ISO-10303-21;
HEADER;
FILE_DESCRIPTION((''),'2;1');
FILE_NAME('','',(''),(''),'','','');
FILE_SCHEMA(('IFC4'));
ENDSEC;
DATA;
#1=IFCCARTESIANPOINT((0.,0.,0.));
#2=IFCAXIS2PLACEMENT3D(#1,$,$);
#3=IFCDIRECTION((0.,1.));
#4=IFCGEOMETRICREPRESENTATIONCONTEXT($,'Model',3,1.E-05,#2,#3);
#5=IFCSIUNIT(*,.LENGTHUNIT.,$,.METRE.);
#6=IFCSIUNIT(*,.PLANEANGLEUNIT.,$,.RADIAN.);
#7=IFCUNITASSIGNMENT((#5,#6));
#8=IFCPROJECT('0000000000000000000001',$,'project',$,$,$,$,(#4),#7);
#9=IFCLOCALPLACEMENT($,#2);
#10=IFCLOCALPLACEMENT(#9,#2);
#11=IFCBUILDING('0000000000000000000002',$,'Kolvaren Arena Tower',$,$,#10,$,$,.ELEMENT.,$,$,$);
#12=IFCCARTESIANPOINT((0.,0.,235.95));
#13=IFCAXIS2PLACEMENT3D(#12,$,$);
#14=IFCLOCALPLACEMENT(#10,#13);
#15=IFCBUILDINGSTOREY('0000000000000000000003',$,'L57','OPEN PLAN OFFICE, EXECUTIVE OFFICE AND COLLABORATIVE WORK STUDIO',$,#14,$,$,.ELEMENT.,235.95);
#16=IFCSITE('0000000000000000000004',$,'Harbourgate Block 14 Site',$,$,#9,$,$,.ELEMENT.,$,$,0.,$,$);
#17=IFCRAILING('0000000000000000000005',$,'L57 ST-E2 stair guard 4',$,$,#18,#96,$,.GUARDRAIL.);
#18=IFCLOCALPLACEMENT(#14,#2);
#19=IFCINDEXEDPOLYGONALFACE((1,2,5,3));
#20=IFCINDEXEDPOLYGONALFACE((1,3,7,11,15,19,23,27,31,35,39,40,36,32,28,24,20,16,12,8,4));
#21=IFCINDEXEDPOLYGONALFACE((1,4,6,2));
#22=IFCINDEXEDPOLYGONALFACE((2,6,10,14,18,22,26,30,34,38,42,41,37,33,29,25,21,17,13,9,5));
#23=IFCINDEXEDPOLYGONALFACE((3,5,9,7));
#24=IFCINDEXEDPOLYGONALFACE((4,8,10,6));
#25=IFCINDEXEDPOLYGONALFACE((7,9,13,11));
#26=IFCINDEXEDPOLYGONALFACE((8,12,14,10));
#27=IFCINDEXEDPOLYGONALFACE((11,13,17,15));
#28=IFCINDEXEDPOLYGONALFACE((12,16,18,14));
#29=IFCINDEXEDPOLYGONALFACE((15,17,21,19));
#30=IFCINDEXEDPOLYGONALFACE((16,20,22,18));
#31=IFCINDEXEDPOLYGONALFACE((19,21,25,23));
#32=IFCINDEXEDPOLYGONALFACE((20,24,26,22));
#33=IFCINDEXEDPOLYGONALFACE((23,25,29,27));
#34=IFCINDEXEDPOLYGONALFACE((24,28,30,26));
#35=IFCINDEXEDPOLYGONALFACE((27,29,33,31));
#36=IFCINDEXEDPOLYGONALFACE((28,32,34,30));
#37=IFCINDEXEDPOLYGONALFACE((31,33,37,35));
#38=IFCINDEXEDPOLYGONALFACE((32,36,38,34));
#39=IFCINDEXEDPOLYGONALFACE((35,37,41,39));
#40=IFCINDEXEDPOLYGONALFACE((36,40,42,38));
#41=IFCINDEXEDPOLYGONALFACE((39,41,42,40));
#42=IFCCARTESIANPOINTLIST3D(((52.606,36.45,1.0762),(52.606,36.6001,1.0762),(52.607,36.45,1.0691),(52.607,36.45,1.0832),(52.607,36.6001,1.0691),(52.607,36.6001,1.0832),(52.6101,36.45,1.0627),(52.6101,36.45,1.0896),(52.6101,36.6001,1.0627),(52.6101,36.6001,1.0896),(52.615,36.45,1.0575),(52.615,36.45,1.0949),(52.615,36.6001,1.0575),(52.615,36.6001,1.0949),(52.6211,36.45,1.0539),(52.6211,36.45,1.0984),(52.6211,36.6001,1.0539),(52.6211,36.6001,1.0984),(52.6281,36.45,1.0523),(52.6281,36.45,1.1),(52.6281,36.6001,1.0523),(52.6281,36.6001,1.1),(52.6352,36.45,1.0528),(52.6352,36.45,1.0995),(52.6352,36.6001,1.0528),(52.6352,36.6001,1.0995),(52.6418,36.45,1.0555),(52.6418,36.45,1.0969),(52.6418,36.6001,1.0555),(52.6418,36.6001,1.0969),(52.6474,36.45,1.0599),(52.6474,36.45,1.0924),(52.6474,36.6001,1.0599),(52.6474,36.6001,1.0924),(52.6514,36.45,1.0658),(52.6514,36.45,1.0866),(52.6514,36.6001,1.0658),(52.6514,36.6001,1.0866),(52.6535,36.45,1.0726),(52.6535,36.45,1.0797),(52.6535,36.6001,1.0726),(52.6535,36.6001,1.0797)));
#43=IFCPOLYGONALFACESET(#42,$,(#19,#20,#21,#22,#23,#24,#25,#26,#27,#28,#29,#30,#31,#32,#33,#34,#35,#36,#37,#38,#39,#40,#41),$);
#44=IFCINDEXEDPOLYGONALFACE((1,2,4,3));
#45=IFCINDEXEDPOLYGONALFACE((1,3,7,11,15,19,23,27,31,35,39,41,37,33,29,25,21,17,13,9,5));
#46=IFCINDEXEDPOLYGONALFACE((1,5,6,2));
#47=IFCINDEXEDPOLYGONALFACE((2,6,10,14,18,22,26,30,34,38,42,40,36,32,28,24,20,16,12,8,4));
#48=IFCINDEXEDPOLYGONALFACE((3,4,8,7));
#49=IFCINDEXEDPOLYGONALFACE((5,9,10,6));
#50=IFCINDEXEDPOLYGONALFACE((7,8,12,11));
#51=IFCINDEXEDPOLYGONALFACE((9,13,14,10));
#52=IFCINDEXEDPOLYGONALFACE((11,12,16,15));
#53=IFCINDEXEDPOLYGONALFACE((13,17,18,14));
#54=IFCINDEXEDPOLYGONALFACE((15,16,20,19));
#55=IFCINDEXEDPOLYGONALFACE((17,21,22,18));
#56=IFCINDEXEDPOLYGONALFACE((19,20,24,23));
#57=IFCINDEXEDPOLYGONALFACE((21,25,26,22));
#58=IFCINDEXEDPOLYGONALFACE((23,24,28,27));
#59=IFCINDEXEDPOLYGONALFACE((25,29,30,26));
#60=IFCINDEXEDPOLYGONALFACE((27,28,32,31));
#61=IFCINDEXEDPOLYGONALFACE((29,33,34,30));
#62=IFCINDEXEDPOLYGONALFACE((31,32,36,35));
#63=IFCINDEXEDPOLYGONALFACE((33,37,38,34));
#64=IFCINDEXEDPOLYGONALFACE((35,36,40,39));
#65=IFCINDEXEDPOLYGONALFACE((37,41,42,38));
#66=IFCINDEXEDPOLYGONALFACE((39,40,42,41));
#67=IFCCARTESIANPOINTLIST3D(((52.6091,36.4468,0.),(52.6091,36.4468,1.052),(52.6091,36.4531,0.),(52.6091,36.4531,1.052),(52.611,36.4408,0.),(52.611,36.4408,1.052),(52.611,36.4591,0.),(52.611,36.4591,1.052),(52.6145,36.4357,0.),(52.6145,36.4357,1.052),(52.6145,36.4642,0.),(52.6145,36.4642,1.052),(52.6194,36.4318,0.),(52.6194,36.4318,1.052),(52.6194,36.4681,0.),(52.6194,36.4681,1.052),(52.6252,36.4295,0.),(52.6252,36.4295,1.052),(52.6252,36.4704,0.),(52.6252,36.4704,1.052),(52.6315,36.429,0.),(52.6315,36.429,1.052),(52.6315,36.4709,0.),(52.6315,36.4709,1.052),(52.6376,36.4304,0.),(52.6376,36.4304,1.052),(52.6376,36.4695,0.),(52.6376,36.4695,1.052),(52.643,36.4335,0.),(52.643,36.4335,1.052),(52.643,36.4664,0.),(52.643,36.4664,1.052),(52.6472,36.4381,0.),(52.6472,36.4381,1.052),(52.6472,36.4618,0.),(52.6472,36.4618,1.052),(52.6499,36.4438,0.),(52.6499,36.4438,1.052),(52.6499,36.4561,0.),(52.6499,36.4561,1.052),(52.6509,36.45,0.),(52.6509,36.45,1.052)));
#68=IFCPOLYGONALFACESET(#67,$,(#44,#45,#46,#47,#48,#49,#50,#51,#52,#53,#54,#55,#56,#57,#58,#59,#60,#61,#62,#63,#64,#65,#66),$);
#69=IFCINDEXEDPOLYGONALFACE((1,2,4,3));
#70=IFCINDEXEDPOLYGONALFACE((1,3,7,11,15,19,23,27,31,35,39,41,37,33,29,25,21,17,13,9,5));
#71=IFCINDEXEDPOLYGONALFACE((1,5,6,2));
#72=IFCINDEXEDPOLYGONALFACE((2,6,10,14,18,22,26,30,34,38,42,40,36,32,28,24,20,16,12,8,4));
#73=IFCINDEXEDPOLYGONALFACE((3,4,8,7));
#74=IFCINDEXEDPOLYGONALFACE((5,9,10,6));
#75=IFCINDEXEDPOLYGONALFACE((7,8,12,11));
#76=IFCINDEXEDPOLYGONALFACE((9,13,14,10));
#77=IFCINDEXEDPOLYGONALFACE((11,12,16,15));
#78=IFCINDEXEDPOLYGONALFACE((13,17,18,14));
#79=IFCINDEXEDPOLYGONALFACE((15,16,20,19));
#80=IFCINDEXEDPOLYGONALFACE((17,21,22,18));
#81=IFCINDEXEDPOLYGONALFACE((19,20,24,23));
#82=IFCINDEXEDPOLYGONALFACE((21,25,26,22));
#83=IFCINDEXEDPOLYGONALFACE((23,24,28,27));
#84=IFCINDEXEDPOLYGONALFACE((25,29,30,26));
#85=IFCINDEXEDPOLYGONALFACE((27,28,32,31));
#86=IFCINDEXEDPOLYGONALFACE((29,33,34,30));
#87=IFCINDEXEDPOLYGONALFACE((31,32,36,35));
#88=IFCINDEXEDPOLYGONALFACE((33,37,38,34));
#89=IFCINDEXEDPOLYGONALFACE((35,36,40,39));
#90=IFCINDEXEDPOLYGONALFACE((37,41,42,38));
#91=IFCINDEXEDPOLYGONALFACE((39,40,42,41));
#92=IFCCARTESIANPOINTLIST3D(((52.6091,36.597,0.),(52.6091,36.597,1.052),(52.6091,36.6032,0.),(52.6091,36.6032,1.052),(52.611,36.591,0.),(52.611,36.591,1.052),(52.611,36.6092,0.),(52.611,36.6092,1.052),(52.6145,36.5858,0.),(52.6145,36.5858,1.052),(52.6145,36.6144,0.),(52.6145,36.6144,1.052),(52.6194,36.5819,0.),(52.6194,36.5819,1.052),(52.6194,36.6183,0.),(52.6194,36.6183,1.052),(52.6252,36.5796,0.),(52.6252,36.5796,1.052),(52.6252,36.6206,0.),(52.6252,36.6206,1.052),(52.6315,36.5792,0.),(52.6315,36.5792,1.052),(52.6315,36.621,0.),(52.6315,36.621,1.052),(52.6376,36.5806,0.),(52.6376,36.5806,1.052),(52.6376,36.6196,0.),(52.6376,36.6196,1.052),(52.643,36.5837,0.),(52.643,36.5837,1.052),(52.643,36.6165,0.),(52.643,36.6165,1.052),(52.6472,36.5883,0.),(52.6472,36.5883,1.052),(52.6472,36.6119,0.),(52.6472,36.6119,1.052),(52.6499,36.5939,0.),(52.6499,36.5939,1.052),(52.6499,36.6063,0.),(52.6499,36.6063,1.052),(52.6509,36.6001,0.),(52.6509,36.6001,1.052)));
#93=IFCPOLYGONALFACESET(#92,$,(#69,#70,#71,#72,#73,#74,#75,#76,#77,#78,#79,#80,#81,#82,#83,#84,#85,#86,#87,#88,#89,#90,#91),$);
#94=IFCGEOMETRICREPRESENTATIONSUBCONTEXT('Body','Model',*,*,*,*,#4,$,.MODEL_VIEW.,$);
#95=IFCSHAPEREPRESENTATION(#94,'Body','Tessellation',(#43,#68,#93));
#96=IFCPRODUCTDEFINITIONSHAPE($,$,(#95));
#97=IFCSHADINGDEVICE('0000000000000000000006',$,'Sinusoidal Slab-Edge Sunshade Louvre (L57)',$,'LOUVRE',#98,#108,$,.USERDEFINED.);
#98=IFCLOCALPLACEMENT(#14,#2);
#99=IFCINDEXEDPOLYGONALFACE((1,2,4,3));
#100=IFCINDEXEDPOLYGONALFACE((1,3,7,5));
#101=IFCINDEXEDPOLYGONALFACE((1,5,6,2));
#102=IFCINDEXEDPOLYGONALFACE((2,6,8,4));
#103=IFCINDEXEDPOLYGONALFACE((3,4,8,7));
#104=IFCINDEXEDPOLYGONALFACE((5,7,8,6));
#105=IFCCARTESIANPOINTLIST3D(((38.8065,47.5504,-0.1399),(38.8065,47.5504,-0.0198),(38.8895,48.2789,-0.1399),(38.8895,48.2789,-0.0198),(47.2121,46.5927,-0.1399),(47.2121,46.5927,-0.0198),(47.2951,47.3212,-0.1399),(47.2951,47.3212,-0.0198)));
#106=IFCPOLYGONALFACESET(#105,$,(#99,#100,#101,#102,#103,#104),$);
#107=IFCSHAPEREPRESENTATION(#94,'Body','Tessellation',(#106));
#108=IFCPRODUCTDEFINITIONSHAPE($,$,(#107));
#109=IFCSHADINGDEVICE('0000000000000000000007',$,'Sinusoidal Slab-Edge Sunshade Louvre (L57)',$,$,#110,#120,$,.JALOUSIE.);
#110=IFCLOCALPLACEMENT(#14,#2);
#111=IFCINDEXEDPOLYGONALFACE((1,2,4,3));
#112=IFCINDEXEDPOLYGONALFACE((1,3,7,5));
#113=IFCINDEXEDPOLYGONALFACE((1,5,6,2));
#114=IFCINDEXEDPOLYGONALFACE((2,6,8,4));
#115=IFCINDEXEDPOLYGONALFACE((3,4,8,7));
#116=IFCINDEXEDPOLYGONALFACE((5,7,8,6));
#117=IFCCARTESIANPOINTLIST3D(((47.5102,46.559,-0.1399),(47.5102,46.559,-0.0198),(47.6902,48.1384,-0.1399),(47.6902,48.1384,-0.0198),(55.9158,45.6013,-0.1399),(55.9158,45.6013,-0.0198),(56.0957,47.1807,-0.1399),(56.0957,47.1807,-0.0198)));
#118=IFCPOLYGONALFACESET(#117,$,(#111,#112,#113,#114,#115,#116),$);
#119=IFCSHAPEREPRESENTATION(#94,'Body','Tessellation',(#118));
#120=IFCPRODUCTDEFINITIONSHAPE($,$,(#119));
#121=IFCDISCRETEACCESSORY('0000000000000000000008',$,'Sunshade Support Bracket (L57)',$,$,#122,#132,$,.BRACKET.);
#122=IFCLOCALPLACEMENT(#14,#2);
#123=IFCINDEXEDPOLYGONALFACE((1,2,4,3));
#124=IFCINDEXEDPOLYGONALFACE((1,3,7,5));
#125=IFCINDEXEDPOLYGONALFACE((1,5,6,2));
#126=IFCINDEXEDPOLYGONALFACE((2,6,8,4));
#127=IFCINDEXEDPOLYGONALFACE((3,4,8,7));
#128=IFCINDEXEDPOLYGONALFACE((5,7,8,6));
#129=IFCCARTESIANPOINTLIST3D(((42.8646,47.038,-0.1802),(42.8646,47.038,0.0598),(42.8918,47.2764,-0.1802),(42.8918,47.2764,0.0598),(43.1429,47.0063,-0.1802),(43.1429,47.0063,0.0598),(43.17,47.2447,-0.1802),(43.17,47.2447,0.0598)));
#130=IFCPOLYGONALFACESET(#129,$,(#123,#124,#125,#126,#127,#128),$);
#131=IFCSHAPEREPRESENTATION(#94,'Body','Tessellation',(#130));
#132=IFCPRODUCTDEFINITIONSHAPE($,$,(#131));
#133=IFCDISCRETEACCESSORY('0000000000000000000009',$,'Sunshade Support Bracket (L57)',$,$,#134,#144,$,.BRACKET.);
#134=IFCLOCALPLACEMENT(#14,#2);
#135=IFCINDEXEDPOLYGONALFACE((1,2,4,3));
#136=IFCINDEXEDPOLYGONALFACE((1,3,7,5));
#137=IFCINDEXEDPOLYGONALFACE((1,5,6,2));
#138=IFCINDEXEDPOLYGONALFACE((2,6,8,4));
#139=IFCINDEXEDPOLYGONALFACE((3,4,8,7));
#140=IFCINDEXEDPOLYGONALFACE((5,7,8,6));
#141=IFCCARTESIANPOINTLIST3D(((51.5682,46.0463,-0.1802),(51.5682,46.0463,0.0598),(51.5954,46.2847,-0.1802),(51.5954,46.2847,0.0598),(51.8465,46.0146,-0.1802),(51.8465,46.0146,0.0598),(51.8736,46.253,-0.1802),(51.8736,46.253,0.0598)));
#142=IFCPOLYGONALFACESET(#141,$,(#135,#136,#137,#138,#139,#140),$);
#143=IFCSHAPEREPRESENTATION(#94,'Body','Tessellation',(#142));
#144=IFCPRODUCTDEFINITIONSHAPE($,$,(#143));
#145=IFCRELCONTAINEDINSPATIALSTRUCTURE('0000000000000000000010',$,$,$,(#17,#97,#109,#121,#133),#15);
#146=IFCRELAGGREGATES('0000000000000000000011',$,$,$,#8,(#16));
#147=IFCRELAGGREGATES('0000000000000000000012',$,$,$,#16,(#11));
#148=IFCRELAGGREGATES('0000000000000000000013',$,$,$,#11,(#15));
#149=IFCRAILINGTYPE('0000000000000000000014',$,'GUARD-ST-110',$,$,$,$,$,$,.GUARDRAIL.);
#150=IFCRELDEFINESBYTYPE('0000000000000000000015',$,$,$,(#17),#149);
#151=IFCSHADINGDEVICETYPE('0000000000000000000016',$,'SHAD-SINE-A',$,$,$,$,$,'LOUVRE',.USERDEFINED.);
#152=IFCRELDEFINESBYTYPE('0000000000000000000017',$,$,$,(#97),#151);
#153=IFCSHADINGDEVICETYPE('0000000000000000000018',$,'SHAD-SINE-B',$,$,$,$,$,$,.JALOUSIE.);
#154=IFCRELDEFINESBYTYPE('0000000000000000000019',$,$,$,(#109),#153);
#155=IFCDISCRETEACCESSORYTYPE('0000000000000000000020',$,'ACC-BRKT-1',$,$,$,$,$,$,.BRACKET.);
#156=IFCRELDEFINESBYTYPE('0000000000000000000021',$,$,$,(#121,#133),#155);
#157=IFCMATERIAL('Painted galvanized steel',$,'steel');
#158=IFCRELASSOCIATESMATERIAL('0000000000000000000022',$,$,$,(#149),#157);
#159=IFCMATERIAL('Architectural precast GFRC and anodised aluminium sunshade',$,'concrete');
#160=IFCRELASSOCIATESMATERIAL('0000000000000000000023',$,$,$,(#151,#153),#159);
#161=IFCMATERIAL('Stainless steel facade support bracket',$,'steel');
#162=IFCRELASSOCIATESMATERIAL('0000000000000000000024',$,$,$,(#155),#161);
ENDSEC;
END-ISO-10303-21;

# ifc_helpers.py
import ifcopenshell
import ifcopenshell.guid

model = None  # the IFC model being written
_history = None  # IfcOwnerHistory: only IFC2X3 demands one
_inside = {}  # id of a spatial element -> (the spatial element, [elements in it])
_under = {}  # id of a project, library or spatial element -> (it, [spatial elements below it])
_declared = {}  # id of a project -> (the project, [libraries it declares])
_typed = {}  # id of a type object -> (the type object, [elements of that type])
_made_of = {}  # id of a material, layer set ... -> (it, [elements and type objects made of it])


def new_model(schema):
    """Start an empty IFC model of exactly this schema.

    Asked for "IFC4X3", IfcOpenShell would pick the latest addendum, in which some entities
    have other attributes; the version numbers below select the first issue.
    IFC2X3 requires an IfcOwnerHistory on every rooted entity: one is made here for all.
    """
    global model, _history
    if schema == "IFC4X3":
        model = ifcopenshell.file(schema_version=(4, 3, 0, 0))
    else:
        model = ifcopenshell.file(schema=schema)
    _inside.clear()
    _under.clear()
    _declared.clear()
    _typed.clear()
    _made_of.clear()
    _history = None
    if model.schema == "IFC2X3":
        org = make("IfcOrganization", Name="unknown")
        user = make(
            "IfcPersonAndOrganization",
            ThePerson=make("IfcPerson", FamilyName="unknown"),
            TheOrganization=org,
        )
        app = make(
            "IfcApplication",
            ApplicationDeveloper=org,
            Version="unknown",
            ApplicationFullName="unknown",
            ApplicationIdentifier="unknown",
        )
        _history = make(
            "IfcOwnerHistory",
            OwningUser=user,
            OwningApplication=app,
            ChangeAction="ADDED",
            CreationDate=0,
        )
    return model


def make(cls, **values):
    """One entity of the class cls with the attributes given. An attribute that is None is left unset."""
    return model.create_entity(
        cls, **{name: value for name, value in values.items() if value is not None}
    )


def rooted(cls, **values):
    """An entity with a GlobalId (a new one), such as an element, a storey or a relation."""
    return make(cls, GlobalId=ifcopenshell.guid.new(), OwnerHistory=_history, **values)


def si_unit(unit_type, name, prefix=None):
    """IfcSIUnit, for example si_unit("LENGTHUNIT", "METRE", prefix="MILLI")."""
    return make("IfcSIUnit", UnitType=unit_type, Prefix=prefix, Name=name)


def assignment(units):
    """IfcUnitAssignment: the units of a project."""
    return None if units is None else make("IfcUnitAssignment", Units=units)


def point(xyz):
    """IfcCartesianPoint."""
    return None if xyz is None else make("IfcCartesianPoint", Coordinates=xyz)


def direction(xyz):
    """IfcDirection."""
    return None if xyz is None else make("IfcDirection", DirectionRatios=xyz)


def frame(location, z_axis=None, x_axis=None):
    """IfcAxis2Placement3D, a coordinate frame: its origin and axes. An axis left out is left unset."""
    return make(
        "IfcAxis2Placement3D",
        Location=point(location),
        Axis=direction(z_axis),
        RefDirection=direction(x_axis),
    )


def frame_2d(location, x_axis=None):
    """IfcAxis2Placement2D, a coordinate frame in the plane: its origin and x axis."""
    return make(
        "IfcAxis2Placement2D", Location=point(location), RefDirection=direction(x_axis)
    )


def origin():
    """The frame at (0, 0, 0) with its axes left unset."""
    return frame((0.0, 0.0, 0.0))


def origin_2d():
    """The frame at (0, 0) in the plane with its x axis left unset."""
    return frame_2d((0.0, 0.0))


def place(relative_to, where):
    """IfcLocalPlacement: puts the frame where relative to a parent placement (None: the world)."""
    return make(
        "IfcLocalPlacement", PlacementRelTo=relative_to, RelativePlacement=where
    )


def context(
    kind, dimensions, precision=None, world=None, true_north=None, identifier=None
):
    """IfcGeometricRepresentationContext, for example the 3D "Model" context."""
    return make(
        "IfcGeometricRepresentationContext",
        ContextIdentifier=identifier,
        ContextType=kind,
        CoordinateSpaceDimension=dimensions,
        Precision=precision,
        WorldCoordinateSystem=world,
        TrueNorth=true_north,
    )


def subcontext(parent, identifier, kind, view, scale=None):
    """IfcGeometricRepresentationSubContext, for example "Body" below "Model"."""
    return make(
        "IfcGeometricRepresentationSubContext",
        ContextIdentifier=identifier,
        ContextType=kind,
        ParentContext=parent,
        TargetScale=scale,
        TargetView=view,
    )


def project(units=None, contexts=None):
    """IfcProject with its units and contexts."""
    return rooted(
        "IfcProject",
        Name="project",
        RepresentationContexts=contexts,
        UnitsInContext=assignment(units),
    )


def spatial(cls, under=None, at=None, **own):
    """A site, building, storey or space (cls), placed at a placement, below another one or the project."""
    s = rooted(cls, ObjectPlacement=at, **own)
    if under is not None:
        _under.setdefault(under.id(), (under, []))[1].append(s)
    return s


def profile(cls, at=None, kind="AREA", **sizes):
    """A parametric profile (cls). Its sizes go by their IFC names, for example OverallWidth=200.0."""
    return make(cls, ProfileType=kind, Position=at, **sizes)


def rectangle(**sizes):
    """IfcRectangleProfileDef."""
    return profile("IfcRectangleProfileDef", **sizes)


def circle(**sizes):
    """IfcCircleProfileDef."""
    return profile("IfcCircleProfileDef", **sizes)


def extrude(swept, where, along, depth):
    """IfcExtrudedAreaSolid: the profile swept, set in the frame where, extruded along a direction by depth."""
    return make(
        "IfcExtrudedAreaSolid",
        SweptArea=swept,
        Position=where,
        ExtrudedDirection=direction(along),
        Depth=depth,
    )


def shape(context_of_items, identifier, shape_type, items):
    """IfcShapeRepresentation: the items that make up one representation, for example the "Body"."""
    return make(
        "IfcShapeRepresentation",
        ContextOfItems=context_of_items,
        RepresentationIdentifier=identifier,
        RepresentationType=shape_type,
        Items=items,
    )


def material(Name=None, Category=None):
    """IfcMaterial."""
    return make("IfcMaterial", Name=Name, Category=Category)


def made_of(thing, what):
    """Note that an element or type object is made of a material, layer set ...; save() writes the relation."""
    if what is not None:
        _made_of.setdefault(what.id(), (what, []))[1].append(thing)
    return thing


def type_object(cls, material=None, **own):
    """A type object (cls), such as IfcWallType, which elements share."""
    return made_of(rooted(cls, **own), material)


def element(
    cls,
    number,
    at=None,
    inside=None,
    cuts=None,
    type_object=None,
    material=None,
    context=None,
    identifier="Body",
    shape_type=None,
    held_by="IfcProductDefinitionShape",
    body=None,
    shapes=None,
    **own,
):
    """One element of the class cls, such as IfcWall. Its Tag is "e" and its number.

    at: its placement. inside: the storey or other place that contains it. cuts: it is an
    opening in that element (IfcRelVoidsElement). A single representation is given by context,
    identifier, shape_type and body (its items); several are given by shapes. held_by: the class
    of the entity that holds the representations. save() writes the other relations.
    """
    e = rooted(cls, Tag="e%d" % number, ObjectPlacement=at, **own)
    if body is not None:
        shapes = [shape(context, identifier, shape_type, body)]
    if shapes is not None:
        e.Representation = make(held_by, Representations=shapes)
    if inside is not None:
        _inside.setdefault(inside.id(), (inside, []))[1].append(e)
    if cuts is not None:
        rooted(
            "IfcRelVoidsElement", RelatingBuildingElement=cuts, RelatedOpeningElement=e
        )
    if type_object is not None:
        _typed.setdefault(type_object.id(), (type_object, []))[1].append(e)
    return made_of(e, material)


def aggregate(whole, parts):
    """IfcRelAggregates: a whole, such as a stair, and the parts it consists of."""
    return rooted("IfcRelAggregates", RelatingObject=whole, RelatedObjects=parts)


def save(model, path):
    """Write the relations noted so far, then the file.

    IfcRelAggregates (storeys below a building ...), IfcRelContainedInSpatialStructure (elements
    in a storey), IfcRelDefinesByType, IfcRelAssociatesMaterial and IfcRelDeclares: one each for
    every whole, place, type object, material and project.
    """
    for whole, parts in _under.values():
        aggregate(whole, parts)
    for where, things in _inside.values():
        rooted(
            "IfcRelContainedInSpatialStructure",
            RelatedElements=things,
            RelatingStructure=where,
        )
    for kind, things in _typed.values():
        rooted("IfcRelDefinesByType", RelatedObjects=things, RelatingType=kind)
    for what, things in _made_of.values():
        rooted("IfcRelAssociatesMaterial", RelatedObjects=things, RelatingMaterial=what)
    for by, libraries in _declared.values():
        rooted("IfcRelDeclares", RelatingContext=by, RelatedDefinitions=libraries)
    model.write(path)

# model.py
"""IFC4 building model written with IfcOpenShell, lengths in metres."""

from ifc_helpers import new_model, si_unit, direction, frame, origin, origin_2d, place, context, subcontext, project, spatial, rectangle, circle, extrude, material, type_object, element, save


model = new_model("IFC4")

# Units and contexts
model_context = context("Model", 3, precision=1e-05, world=origin(), true_north=direction((0.0, 1.0)))
body_context = subcontext(model_context, "Body", "Model", "MODEL_VIEW")
ifc_project = project(units=[si_unit("LENGTHUNIT", "METRE"), si_unit("PLANEANGLEUNIT", "RADIAN")], contexts=[model_context])

# Site, building, storey
site_placement = place(None, origin())
site = spatial("IfcSite", under=ifc_project, at=site_placement, Name="Harbourgate Block 14 Site", CompositionType="ELEMENT", RefElevation=0.0)
building_placement = place(site_placement, origin())
building = spatial("IfcBuilding", under=site, at=building_placement, Name="Kolvaren Arena Tower", CompositionType="ELEMENT")
storey_placement = place(building_placement, frame((0.0, 0.0, 235.95)))
storey = spatial("IfcBuildingStorey", under=building, at=storey_placement, Name="L57", Description="OPEN PLAN OFFICE, EXECUTIVE OFFICE AND COLLABORATIVE WORK STUDIO", CompositionType="ELEMENT", Elevation=235.95)

# Railing
ifc_material_1 = material(Name="Painted galvanized steel", Category="steel")
railing_type = type_object("IfcRailingType", Name="GUARD-ST-110", PredefinedType="GUARDRAIL", material=ifc_material_1)
railing_1_placement = place(storey_placement, frame((52.6299, 36.45, 0.0)))
element("IfcRailing", 1, at=railing_1_placement, inside=storey, type_object=railing_type, Name="L57 ST-E2 stair guard 4", PredefinedType="GUARDRAIL", context=body_context, shape_type="SweptSolid", body=[
    extrude(circle(Radius=0.0239, at=origin_2d()), frame((0.0, 0.0, 1.0762), z_axis=(0.0, 1.0, 0.0), x_axis=(-1.0, 0.0, 0.0)), (0.0, 0.0, 1.0), 0.1501),
    extrude(circle(Radius=0.021, at=origin_2d()), origin(), (0.0, 0.0, 1.0), 1.052),
    extrude(circle(Radius=0.021, at=origin_2d()), frame((0.0, 0.1501, 0.0)), (0.0, 0.0, 1.0), 1.052),
])

# Shading devices
ifc_material_2 = material(Name="Architectural precast GFRC and anodised aluminium sunshade", Category="concrete")
shading_device_type_1 = type_object("IfcShadingDeviceType", Name="SHAD-SINE-A", ElementType="LOUVRE", PredefinedType="USERDEFINED", material=ifc_material_2)
shading_device_1_placement = place(storey_placement, frame((43.0508, 47.4358, -0.1399), z_axis=(0.0, 0.0, 1.0), x_axis=(0.993572, -0.113205, 0.0)))
element("IfcShadingDevice", 2, at=shading_device_1_placement, inside=storey, type_object=shading_device_type_1, Name="Sinusoidal Slab-Edge Sunshade Louvre (L57)", ObjectType="LOUVRE", PredefinedType="USERDEFINED", context=body_context, shape_type="SweptSolid", body=[
    extrude(rectangle(XDim=8.46, YDim=0.7332, at=origin_2d()), origin(), (0.0, 0.0, 1.0), 0.1201),
])
shading_device_type_2 = type_object("IfcShadingDeviceType", Name="SHAD-SINE-B", PredefinedType="JALOUSIE", material=ifc_material_2)
shading_device_2_placement = place(storey_placement, frame((51.803, 46.8699, -0.1399), z_axis=(0.0, 0.0, 1.0), x_axis=(0.993572, -0.113205, 0.0)))
element("IfcShadingDevice", 3, at=shading_device_2_placement, inside=storey, type_object=shading_device_type_2, Name="Sinusoidal Slab-Edge Sunshade Louvre (L57)", PredefinedType="JALOUSIE", context=body_context, shape_type="SweptSolid", body=[
    extrude(rectangle(XDim=8.46, YDim=1.5896, at=origin_2d()), origin(), (0.0, 0.0, 1.0), 0.1201),
])

# Discrete accessories
ifc_material_3 = material(Name="Stainless steel facade support bracket", Category="steel")
discrete_accessory_type = type_object("IfcDiscreteAccessoryType", Name="ACC-BRKT-1", PredefinedType="BRACKET", material=ifc_material_3)
for number, where, z_axis, x_axis, name in (
    (4, (43.0173, 47.1414, -0.1802), (0.0, 0.0, 1.0), (0.993572, -0.113205, 0.0), "Sunshade Support Bracket (L57)"),
    (5, (51.7209, 46.1497, -0.1802), (0.0, 0.0, 1.0), (0.993572, -0.113205, 0.0), "Sunshade Support Bracket (L57)"),
):
    element("IfcDiscreteAccessory", number, at=place(storey_placement, frame(where, z_axis=z_axis, x_axis=x_axis)), inside=storey, type_object=discrete_accessory_type, Name=name, PredefinedType="BRACKET", context=body_context, shape_type="SweptSolid", body=[
        extrude(rectangle(XDim=0.28, YDim=0.24, at=origin_2d()), origin(), (0.0, 0.0, 1.0), 0.24),
    ])

save(model, "model.ifc")
